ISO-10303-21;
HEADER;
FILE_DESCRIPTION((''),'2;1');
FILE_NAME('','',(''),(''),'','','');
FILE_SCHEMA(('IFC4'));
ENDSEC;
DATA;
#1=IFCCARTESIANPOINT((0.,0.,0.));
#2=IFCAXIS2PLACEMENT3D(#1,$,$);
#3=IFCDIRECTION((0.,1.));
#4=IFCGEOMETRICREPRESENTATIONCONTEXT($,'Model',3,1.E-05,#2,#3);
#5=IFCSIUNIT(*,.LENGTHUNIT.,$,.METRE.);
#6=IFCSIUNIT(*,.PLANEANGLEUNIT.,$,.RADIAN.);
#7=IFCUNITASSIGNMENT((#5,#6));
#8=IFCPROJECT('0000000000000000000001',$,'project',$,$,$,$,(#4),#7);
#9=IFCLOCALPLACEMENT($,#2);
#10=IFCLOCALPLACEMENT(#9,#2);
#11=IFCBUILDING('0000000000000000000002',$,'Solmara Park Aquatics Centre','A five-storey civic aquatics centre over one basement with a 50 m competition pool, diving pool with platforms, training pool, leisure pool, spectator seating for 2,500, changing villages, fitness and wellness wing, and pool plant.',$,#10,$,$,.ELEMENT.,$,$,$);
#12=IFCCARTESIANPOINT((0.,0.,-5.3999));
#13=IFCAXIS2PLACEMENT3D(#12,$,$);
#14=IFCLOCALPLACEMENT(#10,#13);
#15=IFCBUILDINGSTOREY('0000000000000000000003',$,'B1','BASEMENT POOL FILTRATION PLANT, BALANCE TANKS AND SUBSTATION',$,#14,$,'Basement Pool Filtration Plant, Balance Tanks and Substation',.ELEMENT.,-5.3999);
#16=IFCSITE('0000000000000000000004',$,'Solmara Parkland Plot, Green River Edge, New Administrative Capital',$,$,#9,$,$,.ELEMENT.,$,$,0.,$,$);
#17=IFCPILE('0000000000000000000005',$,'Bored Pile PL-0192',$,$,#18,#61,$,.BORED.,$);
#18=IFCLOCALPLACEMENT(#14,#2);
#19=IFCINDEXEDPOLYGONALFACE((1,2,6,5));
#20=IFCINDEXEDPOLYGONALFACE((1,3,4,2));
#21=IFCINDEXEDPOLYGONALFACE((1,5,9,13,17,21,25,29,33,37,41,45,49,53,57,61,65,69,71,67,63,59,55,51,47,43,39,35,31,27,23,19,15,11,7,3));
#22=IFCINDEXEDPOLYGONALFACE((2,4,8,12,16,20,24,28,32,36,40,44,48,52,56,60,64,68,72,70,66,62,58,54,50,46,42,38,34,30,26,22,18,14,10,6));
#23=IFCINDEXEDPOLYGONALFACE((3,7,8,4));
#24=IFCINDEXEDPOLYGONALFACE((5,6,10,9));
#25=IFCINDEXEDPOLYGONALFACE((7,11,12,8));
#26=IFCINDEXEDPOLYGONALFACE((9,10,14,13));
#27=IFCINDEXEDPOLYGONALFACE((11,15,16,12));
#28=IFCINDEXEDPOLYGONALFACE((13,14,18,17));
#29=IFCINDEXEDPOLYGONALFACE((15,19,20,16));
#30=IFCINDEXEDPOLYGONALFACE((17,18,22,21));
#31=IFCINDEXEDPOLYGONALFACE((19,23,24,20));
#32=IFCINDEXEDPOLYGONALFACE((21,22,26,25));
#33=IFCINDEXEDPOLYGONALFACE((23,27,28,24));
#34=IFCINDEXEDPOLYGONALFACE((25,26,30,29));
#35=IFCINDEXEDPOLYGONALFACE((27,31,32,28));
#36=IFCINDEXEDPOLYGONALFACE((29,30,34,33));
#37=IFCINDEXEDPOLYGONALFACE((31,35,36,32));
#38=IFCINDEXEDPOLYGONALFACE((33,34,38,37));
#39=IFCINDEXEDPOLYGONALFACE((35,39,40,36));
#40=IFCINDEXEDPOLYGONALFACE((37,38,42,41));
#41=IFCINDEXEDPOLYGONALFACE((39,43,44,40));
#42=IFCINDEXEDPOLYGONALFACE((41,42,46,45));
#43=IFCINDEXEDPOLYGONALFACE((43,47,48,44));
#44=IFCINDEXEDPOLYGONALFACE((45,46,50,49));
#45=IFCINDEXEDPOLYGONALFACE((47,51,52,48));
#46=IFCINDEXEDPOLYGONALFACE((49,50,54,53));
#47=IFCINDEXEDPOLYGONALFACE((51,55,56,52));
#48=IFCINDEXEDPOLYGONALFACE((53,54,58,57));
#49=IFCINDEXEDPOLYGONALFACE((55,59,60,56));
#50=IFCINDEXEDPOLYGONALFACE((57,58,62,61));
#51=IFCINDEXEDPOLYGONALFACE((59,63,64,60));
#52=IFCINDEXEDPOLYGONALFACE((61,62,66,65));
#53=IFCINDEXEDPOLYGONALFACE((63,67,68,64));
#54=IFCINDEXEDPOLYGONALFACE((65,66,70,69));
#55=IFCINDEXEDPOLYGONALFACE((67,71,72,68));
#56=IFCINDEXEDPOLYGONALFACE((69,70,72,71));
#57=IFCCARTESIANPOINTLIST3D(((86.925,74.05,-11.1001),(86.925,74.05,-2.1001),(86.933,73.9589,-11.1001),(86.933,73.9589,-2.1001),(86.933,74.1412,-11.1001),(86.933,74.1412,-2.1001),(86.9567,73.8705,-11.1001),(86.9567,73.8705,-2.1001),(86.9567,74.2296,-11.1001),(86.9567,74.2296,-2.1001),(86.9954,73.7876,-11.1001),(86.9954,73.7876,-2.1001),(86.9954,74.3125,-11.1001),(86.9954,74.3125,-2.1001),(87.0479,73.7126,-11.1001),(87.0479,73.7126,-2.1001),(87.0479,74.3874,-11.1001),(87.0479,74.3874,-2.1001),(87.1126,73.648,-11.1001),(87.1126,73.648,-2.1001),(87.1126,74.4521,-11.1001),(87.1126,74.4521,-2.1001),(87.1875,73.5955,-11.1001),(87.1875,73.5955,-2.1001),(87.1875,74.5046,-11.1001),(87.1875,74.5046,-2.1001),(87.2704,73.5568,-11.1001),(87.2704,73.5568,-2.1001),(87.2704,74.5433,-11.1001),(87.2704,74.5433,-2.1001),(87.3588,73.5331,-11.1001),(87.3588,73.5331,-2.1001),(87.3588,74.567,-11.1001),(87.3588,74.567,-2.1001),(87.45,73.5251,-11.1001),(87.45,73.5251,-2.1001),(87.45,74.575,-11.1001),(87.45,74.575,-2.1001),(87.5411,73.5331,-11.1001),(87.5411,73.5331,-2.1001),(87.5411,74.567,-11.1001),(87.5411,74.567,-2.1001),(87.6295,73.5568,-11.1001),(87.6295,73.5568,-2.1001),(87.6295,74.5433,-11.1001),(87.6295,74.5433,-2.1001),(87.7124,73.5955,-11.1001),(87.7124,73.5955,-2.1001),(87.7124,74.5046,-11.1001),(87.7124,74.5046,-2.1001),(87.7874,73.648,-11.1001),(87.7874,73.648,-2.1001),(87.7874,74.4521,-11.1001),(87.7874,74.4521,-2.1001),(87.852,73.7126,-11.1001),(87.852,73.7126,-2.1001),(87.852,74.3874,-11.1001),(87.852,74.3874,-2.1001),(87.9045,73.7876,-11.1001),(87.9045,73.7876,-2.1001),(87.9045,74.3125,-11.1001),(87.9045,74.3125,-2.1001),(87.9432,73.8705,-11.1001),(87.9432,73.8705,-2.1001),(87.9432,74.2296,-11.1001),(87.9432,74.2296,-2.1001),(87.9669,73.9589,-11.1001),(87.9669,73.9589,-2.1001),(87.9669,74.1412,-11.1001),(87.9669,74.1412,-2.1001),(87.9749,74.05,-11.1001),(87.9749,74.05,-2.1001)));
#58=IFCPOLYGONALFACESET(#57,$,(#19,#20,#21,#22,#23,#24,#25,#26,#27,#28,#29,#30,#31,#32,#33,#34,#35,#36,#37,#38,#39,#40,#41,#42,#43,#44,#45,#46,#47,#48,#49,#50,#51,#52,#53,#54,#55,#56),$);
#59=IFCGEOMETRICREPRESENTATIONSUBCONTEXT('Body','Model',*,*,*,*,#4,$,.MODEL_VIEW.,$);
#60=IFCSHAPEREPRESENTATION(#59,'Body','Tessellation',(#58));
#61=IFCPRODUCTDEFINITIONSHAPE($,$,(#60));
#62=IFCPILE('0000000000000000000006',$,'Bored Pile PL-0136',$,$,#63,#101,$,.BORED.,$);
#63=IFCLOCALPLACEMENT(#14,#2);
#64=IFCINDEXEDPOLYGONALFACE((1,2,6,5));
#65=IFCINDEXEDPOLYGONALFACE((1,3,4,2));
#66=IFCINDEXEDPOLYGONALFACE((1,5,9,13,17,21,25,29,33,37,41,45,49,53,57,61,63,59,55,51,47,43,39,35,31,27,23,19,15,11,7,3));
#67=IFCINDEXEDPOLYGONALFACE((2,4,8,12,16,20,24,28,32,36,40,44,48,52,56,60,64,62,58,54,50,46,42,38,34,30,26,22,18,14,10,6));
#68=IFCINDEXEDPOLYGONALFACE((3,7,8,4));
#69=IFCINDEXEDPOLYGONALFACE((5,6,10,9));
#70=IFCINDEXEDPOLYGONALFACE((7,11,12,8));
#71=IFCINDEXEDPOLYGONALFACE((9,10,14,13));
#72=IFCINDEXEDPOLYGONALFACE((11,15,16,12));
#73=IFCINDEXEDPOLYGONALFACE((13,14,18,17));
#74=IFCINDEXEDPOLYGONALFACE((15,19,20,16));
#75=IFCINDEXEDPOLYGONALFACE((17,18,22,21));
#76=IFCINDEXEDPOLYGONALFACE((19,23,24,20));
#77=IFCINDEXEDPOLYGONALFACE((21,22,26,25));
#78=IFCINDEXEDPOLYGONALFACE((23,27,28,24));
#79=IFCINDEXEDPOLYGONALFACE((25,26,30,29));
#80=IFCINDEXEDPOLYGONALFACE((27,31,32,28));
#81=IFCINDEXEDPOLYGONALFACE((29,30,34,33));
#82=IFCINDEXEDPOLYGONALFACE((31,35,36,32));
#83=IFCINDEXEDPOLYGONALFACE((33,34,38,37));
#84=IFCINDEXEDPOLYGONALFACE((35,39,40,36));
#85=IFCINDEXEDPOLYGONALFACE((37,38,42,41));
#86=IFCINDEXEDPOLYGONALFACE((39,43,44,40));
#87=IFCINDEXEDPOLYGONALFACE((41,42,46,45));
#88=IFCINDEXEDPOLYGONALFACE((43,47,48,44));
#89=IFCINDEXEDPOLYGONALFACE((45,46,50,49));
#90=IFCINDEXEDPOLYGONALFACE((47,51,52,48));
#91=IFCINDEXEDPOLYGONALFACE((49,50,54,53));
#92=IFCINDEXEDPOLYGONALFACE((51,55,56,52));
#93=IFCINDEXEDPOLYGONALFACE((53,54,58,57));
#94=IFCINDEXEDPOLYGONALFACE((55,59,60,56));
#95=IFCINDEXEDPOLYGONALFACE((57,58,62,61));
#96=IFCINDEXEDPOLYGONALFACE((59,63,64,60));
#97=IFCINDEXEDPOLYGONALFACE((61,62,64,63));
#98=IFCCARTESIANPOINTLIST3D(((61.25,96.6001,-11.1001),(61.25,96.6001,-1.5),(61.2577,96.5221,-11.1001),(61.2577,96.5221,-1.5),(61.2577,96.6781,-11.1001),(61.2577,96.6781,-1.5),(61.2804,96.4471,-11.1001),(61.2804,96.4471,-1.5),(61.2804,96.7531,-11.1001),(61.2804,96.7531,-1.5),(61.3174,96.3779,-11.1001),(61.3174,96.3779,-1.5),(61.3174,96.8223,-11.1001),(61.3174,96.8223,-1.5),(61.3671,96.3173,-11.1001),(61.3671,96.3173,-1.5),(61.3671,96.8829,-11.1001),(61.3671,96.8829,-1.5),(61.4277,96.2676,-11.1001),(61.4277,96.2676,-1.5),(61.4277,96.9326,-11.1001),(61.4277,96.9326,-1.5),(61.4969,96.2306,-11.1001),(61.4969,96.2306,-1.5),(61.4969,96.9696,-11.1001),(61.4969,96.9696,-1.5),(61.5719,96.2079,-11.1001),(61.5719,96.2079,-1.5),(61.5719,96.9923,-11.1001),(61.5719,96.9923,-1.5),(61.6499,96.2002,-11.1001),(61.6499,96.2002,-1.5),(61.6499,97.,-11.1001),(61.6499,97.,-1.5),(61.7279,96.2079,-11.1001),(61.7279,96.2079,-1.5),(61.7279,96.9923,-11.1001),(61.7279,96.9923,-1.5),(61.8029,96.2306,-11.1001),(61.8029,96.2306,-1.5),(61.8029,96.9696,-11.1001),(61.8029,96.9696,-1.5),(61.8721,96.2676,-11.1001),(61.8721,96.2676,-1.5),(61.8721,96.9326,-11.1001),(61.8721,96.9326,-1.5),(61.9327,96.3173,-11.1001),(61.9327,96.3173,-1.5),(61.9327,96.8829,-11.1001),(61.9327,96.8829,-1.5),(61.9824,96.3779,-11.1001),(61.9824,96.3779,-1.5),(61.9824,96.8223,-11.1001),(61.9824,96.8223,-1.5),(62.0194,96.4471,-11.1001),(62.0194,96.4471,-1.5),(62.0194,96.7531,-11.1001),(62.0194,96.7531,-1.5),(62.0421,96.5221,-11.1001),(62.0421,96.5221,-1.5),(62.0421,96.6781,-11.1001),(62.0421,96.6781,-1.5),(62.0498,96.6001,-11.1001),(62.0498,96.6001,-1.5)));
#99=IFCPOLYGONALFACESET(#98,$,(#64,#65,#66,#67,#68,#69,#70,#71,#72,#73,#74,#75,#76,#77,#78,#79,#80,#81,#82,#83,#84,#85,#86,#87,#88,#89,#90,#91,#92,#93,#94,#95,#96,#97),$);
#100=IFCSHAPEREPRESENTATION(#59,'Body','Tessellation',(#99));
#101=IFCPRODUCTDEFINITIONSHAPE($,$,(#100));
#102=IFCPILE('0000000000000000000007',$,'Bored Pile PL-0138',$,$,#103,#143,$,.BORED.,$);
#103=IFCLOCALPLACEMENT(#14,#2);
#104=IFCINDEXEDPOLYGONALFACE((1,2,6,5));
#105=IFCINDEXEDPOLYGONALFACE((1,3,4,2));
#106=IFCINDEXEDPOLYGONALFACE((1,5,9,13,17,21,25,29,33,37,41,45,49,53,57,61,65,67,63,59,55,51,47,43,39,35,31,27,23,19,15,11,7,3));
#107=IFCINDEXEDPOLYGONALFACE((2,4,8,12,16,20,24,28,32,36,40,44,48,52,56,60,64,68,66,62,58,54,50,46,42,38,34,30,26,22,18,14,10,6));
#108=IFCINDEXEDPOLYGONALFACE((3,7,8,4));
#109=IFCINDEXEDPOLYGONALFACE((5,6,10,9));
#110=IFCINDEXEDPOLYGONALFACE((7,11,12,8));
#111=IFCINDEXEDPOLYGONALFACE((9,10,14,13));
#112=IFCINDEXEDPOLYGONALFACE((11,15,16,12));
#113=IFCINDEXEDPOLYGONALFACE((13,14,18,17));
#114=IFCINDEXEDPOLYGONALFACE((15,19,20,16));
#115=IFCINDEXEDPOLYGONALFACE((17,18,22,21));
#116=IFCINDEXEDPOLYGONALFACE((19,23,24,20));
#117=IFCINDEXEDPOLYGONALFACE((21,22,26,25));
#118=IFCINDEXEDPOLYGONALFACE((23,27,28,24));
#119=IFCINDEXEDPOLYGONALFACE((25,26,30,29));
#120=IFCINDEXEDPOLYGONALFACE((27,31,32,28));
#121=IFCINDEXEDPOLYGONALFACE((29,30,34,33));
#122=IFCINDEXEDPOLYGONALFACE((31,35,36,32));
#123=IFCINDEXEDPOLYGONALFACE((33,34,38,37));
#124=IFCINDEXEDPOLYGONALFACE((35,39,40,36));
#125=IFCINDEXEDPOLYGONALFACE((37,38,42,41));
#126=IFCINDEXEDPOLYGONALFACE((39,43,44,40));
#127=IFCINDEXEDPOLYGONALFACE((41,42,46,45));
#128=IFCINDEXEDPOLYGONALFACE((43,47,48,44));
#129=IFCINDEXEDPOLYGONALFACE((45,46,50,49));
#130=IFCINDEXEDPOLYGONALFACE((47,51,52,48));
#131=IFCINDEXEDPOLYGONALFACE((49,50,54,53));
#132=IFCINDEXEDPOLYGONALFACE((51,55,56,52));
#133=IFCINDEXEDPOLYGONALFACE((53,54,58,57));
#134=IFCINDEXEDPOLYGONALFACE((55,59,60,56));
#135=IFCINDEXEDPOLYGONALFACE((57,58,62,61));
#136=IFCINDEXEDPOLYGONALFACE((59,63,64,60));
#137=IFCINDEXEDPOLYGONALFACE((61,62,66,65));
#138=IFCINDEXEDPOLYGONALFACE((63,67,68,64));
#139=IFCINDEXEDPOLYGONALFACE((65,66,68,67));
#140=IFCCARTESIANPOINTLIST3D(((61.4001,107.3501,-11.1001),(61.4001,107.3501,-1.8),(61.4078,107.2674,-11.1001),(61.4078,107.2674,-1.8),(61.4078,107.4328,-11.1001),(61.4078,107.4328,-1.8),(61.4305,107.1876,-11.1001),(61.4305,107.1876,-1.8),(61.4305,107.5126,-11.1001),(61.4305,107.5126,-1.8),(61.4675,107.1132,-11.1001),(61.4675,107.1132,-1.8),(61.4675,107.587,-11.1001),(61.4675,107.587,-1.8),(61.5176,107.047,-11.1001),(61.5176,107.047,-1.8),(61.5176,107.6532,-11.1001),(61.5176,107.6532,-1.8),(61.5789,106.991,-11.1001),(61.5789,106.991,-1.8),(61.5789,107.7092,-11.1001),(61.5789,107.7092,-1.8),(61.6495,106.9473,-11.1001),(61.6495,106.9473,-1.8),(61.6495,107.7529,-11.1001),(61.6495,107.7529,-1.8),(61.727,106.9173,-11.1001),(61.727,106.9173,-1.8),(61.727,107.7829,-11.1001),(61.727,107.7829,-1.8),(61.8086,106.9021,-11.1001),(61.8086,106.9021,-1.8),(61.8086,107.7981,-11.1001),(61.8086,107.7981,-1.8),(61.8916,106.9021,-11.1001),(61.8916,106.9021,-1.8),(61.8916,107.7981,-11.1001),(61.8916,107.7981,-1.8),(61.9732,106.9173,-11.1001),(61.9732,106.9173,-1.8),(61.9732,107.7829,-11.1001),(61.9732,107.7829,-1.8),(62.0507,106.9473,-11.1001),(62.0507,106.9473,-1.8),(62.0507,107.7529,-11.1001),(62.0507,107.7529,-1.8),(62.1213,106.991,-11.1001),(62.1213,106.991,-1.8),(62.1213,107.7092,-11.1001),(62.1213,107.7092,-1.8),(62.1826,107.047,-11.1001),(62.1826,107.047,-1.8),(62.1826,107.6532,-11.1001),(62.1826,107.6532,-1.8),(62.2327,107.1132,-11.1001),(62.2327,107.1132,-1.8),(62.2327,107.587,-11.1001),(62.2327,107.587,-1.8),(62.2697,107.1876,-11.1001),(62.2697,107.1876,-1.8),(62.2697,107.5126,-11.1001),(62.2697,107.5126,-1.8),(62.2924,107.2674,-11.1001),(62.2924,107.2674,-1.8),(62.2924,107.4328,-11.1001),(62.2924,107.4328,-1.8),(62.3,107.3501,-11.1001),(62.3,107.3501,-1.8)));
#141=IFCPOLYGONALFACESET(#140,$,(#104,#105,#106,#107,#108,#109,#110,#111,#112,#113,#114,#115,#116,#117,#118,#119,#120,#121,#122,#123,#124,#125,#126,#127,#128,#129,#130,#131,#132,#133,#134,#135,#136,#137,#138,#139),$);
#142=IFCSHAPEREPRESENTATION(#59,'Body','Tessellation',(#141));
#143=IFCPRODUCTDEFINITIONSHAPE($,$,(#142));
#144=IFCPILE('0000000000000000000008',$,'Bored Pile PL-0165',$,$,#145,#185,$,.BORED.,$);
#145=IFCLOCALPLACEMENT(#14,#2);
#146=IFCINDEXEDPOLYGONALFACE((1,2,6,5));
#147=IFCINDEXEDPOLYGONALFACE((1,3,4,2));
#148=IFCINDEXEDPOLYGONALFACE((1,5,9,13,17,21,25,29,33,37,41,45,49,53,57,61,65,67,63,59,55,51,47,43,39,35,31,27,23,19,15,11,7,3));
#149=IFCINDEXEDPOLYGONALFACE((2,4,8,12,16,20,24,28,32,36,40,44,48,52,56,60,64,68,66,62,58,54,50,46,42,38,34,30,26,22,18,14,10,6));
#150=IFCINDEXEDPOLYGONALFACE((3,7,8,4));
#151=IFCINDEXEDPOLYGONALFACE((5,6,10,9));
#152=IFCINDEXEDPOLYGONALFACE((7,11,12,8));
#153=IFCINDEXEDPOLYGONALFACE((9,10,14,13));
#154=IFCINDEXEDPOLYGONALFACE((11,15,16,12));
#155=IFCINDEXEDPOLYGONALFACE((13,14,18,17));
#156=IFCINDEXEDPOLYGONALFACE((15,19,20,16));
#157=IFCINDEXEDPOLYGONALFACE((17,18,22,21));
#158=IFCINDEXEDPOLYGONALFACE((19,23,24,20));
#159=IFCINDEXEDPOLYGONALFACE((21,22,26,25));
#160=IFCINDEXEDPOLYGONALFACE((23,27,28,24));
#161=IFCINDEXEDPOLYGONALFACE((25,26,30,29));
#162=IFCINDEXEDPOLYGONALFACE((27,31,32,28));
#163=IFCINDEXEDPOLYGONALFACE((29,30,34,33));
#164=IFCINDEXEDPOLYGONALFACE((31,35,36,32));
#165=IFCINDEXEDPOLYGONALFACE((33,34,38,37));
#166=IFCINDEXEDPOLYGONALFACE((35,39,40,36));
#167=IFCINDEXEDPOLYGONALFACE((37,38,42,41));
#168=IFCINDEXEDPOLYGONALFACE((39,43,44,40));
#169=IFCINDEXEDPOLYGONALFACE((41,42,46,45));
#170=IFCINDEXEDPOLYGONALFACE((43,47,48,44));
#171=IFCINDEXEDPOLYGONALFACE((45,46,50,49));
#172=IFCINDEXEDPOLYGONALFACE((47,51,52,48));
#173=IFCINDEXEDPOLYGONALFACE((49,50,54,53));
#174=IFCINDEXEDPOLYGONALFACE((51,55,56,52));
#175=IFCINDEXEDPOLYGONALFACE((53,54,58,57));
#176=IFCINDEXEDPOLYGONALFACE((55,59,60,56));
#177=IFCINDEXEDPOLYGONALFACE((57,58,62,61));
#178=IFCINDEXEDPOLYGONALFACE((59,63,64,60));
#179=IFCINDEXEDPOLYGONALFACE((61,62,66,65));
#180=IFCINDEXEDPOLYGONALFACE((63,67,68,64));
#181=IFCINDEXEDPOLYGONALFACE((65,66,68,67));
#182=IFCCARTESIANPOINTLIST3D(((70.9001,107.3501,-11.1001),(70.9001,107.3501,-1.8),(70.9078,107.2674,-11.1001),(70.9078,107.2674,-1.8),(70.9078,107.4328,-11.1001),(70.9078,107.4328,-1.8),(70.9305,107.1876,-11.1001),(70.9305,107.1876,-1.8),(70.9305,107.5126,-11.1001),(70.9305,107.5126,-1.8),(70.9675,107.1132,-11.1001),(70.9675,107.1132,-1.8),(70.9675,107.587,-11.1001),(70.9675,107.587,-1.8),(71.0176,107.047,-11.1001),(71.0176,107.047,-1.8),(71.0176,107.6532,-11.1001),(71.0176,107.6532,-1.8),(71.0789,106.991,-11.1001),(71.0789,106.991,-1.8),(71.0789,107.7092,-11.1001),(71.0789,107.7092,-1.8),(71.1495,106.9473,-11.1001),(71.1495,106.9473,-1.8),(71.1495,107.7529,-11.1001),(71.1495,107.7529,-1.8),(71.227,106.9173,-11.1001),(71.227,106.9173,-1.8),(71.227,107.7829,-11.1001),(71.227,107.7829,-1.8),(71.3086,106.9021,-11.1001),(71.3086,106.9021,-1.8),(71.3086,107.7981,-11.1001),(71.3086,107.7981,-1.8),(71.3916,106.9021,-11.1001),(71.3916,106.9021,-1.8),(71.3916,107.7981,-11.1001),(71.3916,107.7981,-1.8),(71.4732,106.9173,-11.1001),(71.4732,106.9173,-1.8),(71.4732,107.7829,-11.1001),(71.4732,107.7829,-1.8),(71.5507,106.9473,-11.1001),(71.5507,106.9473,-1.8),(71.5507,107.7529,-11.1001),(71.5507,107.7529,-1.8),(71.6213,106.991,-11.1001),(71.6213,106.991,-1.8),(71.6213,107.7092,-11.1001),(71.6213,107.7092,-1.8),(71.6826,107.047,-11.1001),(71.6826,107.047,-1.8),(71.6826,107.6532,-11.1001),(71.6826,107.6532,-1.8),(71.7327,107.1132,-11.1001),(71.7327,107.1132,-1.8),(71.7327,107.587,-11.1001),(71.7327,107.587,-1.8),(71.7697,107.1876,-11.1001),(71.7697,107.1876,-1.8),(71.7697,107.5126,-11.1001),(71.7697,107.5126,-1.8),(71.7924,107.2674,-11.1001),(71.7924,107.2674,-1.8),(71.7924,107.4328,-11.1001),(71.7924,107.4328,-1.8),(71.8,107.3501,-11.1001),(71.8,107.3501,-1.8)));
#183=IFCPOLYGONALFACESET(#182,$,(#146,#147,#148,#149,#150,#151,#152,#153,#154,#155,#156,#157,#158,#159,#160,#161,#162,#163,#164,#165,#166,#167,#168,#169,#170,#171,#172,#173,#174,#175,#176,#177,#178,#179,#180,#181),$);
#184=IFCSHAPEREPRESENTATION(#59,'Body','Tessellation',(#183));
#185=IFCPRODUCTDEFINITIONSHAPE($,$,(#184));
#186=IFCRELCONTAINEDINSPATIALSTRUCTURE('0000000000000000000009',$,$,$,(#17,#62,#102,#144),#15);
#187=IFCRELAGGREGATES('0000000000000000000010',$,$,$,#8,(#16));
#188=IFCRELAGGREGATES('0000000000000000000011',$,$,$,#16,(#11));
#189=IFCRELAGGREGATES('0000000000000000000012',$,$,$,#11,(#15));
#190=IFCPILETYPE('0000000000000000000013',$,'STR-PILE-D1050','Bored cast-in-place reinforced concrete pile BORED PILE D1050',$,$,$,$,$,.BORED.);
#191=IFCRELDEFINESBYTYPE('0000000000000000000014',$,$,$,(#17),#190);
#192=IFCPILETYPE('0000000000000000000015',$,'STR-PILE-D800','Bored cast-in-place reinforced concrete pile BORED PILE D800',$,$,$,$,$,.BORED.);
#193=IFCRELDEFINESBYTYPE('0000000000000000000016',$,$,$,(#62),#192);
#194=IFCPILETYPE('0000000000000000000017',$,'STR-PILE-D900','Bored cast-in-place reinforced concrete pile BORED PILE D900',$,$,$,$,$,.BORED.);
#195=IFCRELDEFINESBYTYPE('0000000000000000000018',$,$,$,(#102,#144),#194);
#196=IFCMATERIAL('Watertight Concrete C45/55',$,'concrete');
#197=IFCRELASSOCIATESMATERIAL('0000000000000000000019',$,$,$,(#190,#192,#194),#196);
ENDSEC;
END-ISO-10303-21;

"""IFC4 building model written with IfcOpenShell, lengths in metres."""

from ifc_helpers import new_model, si_unit, direction, frame, origin, origin_2d, place, context, subcontext, project, spatial, circle, extrude, material, material_profile, profile_set, type_object, element, save


model = new_model("IFC4")

# Units and contexts
model_context = context("Model", 3, precision=1e-05, world=origin(), true_north=direction((0.0, 1.0)))
body_context = subcontext(model_context, "Body", "Model", "MODEL_VIEW")
ifc_project = project(units=[si_unit("LENGTHUNIT", "METRE"), si_unit("PLANEANGLEUNIT", "RADIAN")], contexts=[model_context])

# Site, building, storey
site_placement = place(None, origin())
site = spatial("IfcSite", under=ifc_project, at=site_placement, Name="Solmara Parkland Plot, Green River Edge, New Administrative Capital", CompositionType="ELEMENT", RefElevation=0.0)
building_placement = place(site_placement, origin())
building = spatial("IfcBuilding", under=site, at=building_placement, Name="Solmara Park Aquatics Centre", Description="A five-storey civic aquatics centre over one basement with a 50 m competition pool, diving pool with platforms, training pool, leisure pool, spectator seating for 2,500, changing villages, fitness and wellness wing, and pool plant.", CompositionType="ELEMENT")
storey_placement = place(building_placement, frame((0.0, 0.0, -5.3999)))
storey = spatial("IfcBuildingStorey", under=building, at=storey_placement, Name="B1", Description="BASEMENT POOL FILTRATION PLANT, BALANCE TANKS AND SUBSTATION", LongName="Basement Pool Filtration Plant, Balance Tanks and Substation", CompositionType="ELEMENT", Elevation=-5.3999)

# Shared definitions
ifc_material_1 = material(Name="Watertight Concrete C45/55", Category="concrete")

# Piles
ifc_material_profile_1 = material_profile(ifc_material_1, circle(Radius=0.5249, at=origin_2d()), Name="BORED PILE D1050")
ifc_profile_set_1 = profile_set([ifc_material_profile_1], Name="Watertight Concrete C45/55")
pile_type_1 = type_object("IfcPileType", Name="STR-PILE-D1050", Description="Bored cast-in-place reinforced concrete pile BORED PILE D1050", PredefinedType="BORED", material=ifc_profile_set_1)
for number, where, z_axis, x_axis, name in (
    (1, (87.45, 74.05, -2.1001), (0.0, 0.0, -1.0), (1.0, 0.0, 0.0), "Bored Pile PL-0192"),
):
    element("IfcPile", number, at=place(storey_placement, frame(where, z_axis=z_axis, x_axis=x_axis)), inside=storey, type_object=pile_type_1, Name=name, PredefinedType="BORED", context=body_context, shape_type="SweptSolid", body=[
        extrude(circle(Radius=0.5249, at=origin_2d()), origin(), (0.0, 0.0, 1.0), 9.0),
    ])
ifc_material_profile_2 = material_profile(ifc_material_1, circle(Radius=0.3999, at=origin_2d()), Name="BORED PILE D800")
ifc_profile_set_2 = profile_set([ifc_material_profile_2], Name="Watertight Concrete C45/55")
pile_type_2 = type_object("IfcPileType", Name="STR-PILE-D800", Description="Bored cast-in-place reinforced concrete pile BORED PILE D800", PredefinedType="BORED", material=ifc_profile_set_2)
pile_placement = place(storey_placement, frame((61.6499, 96.6001, -1.5), z_axis=(0.0, 0.0, -1.0), x_axis=(1.0, 0.0, 0.0)))
element("IfcPile", 2, at=pile_placement, inside=storey, type_object=pile_type_2, Name="Bored Pile PL-0136", PredefinedType="BORED", context=body_context, shape_type="SweptSolid", body=[
    extrude(circle(Radius=0.3999, at=origin_2d()), origin(), (0.0, 0.0, 1.0), 9.6001),
])
ifc_material_profile_3 = material_profile(ifc_material_1, circle(Radius=0.45, at=origin_2d()), Name="BORED PILE D900")
ifc_profile_set_3 = profile_set([ifc_material_profile_3], Name="Watertight Concrete C45/55")
pile_type_3 = type_object("IfcPileType", Name="STR-PILE-D900", Description="Bored cast-in-place reinforced concrete pile BORED PILE D900", PredefinedType="BORED", material=ifc_profile_set_3)
for number, where, z_axis, x_axis, name in (
    (3, (61.8501, 107.3501, -1.8), (0.0, 0.0, -1.0), (1.0, 0.0, 0.0), "Bored Pile PL-0138"),
    (4, (71.3501, 107.3501, -1.8), (0.0, 0.0, -1.0), (1.0, 0.0, 0.0), "Bored Pile PL-0165"),
):
    element("IfcPile", number, at=place(storey_placement, frame(where, z_axis=z_axis, x_axis=x_axis)), inside=storey, type_object=pile_type_3, Name=name, PredefinedType="BORED", context=body_context, shape_type="SweptSolid", body=[
        extrude(circle(Radius=0.45, at=origin_2d()), origin(), (0.0, 0.0, 1.0), 9.3),
    ])

save(model, "model.ifc")
